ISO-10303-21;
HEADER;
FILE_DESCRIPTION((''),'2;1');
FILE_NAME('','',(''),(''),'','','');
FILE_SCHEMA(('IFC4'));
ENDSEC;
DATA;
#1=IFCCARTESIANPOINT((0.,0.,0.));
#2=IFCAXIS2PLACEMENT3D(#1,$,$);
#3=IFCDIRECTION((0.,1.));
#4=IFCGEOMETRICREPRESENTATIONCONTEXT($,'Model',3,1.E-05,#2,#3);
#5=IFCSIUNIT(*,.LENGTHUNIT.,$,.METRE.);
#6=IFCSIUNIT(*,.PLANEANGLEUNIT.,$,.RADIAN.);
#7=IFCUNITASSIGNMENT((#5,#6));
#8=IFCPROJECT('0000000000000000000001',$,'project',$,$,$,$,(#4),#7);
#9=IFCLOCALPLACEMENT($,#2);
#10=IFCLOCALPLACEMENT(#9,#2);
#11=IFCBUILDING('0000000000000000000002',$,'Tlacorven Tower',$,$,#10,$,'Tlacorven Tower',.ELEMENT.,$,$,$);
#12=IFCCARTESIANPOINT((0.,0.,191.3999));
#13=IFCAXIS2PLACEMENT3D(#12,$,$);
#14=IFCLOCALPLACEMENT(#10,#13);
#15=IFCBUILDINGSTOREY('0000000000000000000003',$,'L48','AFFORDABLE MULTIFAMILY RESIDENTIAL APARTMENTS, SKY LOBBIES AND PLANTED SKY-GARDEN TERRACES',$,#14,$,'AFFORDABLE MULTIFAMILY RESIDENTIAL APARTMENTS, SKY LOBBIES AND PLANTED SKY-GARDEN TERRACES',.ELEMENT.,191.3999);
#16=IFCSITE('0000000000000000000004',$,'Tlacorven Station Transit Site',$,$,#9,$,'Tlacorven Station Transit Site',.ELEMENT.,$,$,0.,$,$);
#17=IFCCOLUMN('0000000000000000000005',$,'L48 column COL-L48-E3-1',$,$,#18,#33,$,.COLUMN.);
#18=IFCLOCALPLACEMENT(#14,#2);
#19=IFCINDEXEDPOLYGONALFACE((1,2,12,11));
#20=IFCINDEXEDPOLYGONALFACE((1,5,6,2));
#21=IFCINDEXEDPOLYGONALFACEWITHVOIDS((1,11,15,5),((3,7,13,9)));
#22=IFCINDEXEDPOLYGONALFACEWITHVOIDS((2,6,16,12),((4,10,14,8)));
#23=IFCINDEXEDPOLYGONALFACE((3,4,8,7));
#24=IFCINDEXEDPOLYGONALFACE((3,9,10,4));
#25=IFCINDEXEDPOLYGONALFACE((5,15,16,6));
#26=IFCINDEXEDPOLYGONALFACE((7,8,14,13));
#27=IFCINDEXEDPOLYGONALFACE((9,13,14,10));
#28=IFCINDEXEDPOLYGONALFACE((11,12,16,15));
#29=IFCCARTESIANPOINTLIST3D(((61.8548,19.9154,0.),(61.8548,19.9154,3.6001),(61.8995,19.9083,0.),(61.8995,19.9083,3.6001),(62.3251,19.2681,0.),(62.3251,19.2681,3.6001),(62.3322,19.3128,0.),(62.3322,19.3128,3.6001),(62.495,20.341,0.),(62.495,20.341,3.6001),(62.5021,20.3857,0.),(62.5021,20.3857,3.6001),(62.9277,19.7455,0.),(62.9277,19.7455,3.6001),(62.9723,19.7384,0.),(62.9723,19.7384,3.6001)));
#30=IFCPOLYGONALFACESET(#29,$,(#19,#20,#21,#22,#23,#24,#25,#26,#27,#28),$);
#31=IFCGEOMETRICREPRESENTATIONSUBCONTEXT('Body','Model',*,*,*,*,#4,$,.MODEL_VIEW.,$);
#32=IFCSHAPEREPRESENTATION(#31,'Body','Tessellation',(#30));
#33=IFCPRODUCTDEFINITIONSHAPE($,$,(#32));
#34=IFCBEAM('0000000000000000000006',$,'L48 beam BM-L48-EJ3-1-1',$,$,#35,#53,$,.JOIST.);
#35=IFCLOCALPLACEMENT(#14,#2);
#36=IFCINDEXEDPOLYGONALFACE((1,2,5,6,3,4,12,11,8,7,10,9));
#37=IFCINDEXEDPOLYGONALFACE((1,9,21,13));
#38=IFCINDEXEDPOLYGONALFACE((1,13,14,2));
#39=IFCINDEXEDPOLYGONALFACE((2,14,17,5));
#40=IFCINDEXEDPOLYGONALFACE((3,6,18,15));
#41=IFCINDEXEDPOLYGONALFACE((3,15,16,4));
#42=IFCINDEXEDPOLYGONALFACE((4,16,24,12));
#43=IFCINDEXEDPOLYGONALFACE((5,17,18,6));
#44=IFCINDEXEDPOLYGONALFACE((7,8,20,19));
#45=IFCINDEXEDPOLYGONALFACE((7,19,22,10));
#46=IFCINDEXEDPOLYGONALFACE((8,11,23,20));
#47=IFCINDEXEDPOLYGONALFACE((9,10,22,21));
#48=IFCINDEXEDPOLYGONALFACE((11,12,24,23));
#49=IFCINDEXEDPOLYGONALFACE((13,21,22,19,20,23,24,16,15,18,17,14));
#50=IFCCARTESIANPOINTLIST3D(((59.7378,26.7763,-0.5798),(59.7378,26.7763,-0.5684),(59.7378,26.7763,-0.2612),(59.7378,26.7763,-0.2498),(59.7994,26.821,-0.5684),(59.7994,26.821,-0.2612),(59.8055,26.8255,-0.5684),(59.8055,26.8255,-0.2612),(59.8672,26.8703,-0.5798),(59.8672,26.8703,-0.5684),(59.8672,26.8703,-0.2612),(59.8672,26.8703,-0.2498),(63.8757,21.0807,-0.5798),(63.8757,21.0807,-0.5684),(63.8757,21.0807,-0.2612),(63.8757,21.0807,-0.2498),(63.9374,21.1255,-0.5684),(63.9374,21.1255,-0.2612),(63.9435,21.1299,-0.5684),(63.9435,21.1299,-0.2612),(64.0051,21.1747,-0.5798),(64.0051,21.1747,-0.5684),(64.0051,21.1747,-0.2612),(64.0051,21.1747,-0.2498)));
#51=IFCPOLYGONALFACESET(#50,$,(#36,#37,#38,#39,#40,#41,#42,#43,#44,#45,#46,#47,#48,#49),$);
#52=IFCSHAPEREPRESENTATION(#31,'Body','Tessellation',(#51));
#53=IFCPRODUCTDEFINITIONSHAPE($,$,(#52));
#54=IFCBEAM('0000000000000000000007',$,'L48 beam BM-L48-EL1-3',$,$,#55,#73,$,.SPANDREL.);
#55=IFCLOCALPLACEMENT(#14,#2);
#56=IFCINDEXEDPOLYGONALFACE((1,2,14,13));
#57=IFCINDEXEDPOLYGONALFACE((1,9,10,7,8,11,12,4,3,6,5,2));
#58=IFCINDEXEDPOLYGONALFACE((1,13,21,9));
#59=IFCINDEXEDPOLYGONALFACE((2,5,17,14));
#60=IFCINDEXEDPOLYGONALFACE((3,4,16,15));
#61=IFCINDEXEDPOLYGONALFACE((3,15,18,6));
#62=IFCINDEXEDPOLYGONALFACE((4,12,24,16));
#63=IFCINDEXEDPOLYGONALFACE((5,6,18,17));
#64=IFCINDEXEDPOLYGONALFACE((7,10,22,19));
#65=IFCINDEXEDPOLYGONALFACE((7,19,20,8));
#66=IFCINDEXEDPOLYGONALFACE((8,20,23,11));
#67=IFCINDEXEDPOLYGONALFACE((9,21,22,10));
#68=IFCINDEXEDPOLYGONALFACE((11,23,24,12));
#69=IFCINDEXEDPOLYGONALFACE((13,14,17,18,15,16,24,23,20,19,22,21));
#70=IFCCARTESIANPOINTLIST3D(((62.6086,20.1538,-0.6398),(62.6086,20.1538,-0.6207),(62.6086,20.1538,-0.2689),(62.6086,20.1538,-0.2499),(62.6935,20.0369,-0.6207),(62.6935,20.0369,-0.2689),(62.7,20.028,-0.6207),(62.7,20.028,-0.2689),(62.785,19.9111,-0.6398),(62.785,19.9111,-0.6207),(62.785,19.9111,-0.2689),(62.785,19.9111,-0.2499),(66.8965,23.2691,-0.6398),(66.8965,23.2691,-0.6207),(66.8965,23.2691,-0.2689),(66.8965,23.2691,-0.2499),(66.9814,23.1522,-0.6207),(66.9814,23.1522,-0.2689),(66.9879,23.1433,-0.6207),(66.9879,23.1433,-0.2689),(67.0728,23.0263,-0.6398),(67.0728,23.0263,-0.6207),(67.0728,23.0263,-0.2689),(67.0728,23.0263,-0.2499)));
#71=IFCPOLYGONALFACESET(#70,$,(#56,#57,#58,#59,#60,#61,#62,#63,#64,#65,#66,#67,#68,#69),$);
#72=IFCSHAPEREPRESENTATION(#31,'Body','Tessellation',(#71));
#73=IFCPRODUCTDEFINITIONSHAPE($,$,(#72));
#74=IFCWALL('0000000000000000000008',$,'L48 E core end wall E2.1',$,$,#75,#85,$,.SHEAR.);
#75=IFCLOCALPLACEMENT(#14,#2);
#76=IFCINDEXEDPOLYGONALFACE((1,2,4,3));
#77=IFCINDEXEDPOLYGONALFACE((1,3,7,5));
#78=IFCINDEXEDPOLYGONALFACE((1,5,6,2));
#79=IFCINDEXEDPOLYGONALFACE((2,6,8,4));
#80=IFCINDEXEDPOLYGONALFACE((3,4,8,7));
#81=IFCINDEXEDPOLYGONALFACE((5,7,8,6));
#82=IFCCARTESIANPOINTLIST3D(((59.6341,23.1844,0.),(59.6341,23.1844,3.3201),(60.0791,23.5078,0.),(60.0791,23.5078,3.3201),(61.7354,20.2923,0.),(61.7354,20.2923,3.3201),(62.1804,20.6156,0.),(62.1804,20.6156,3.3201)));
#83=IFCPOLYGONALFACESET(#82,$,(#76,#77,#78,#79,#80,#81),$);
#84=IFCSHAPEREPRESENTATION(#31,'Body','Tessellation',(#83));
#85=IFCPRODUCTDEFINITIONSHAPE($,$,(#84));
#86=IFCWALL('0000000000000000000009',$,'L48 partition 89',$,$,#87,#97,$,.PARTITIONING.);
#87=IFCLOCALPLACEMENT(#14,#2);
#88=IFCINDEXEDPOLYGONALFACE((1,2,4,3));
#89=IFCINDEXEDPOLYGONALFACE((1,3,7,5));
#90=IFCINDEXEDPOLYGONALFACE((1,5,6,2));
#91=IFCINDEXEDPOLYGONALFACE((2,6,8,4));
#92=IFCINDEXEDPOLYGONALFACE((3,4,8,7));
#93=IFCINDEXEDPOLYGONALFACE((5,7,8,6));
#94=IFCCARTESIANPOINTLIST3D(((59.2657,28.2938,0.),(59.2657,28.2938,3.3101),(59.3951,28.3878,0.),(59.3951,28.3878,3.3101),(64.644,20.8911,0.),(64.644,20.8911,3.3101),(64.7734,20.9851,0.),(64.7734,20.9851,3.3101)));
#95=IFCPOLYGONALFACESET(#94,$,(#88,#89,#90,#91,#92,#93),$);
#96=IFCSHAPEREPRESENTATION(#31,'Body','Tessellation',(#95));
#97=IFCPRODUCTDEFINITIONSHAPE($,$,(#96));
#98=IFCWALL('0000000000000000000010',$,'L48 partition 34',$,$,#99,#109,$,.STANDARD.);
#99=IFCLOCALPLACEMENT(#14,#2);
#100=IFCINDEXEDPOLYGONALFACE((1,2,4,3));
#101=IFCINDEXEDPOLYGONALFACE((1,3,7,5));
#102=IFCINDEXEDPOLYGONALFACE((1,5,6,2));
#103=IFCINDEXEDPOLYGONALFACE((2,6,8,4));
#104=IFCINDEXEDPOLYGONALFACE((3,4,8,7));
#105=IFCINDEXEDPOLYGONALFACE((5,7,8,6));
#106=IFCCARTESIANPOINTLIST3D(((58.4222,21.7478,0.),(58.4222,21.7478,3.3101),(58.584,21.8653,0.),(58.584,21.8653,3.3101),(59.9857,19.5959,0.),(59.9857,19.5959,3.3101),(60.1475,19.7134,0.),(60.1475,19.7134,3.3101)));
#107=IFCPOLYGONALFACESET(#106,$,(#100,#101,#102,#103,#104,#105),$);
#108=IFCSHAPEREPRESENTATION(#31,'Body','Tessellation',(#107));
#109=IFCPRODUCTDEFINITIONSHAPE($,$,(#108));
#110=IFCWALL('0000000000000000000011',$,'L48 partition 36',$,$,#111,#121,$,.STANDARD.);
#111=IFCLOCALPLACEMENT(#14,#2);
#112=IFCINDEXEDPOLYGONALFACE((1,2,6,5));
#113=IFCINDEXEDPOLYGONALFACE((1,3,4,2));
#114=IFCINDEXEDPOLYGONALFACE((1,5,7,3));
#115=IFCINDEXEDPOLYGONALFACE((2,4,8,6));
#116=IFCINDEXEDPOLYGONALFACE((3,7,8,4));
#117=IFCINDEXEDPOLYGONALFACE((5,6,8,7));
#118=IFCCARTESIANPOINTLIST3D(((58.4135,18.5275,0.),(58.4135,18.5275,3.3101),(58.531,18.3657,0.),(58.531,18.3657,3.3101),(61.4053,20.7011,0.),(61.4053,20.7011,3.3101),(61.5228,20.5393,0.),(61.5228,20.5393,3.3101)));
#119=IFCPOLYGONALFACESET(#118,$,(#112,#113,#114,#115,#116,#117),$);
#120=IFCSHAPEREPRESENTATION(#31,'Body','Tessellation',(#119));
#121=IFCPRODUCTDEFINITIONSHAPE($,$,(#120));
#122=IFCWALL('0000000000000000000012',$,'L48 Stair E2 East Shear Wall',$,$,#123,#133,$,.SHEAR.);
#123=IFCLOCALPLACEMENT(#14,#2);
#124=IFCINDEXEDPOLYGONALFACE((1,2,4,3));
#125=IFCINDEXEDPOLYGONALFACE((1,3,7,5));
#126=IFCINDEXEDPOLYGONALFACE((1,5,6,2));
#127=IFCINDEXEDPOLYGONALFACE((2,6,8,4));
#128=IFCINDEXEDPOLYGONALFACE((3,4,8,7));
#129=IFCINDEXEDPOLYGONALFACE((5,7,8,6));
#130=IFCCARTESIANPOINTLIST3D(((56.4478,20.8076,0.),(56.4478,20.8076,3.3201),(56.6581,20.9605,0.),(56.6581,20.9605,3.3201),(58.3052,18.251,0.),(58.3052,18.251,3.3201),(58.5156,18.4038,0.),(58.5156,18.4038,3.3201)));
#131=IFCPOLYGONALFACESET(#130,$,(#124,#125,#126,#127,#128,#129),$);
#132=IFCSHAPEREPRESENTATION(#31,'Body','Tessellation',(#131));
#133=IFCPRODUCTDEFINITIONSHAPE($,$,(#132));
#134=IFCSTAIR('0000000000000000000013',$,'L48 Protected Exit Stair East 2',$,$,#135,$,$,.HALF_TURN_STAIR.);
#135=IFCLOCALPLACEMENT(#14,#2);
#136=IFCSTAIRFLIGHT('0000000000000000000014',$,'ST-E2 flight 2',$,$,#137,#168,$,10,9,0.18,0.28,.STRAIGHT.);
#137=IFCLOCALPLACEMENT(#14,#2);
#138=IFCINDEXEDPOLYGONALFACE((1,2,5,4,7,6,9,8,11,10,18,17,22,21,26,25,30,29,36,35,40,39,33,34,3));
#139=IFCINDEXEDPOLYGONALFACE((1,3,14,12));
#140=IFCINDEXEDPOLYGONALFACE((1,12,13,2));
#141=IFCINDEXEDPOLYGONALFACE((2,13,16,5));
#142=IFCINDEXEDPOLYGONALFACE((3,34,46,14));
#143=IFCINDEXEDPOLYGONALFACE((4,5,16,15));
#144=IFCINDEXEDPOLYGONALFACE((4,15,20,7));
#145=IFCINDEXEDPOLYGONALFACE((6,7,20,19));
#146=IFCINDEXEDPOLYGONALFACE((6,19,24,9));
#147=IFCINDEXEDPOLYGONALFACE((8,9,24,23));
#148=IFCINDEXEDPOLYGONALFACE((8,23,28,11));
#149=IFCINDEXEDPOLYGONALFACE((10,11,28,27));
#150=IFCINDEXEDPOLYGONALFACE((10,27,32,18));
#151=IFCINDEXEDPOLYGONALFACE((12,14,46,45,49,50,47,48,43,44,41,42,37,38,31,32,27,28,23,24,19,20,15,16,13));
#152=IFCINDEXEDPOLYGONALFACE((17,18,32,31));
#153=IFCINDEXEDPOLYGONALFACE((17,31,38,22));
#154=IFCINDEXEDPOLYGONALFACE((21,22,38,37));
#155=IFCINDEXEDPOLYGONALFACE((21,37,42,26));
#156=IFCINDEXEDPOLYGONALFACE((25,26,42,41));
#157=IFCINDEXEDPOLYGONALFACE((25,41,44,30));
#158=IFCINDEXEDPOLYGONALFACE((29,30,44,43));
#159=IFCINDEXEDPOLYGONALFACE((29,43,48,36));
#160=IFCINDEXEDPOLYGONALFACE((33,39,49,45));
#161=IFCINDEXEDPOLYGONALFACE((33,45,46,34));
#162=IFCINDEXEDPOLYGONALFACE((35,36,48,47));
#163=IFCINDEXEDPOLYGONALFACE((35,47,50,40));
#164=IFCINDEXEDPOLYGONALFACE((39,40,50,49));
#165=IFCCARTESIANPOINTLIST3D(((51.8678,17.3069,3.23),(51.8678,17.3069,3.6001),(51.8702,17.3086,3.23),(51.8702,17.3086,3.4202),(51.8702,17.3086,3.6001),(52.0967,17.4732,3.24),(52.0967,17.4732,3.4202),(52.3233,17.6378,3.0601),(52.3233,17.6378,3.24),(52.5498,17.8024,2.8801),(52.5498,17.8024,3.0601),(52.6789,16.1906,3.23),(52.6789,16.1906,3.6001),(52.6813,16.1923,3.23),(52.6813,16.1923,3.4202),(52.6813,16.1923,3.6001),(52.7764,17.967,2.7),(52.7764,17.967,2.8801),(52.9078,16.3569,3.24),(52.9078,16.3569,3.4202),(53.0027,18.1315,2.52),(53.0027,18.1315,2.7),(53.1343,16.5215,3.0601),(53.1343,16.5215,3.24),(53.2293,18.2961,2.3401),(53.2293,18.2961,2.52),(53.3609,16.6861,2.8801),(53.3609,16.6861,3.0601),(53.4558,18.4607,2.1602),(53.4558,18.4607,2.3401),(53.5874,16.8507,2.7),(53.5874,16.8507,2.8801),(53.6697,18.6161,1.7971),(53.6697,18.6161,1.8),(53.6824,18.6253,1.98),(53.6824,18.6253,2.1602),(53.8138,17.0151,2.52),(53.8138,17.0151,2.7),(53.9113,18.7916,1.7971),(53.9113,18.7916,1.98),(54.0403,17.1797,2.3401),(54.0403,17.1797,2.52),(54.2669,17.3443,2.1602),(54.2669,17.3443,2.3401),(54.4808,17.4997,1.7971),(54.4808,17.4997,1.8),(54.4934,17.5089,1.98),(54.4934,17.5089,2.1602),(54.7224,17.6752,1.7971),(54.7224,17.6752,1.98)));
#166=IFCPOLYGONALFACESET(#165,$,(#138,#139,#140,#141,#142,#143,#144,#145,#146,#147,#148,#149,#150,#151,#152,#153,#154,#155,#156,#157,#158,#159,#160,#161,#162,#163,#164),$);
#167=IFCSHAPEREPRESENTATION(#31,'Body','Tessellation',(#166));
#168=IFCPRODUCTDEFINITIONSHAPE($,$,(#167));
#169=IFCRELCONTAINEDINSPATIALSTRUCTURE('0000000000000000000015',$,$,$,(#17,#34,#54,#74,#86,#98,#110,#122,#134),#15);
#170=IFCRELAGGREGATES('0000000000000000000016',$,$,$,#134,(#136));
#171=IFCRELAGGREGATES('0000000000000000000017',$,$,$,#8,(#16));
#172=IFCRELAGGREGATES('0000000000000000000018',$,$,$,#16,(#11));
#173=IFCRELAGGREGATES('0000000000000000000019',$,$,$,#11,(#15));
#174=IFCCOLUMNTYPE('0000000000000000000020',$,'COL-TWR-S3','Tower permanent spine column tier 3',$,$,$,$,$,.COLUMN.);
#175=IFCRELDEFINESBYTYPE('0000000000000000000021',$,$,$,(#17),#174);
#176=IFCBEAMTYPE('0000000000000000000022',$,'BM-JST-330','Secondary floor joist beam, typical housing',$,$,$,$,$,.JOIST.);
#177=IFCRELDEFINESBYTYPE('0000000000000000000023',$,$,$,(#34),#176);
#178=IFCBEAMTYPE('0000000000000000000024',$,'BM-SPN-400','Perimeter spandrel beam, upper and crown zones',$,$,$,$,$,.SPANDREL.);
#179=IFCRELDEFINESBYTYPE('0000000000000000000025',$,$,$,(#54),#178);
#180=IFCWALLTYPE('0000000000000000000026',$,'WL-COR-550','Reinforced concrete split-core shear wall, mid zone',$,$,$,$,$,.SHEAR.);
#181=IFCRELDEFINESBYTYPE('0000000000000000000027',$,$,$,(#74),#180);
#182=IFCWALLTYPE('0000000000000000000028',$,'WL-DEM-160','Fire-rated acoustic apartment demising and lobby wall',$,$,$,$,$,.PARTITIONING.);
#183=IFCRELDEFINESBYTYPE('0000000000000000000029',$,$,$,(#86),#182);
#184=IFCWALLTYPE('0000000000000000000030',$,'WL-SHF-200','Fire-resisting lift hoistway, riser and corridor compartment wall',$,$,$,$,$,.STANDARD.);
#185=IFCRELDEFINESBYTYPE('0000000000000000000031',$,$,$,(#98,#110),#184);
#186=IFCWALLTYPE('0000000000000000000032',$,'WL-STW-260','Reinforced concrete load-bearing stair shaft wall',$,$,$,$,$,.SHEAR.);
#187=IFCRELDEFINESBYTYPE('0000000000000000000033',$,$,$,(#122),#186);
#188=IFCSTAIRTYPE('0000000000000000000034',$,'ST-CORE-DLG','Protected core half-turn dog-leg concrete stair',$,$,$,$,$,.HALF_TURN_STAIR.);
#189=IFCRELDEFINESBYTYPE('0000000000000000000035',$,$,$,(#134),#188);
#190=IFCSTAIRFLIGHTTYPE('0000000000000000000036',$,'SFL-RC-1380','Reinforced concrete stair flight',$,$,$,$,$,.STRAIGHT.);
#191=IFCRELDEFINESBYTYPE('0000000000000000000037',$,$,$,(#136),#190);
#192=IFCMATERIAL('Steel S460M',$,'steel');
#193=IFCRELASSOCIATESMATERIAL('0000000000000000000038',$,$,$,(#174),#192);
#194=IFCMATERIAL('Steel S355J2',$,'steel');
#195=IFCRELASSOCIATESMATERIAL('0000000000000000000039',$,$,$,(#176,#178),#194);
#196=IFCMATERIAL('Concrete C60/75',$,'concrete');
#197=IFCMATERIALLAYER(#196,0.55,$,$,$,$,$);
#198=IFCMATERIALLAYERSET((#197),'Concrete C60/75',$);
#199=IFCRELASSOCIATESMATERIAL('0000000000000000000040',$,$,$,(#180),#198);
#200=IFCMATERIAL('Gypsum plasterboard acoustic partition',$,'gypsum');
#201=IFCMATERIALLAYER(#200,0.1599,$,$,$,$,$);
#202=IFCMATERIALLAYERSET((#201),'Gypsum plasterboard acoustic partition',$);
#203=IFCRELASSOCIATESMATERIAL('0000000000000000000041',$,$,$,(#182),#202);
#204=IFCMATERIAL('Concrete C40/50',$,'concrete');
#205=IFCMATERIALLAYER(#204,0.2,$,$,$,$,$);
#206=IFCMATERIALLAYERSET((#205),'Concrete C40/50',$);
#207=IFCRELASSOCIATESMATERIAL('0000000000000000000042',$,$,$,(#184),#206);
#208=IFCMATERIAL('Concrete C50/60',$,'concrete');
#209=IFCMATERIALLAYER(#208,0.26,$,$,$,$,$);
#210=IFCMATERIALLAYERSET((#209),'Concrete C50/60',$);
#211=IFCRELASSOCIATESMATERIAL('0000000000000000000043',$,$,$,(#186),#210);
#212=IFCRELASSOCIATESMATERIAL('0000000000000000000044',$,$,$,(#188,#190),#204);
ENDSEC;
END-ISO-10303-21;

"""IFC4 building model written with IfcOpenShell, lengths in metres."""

from ifc_helpers import new_model, si_unit, direction, frame, frame_2d, origin, origin_2d, place, context, subcontext, project, spatial, polyline, rectangle, hollow_rectangle, i_section, outline, extrude, source, transform, mapped, material, layer, layer_set, material_profile, profile_set, type_object, element, aggregate, save


model = new_model("IFC4")

# Units and contexts
model_context = context("Model", 3, precision=1e-05, world=origin(), true_north=direction((0.0, 1.0)))
body_context = subcontext(model_context, "Body", "Model", "MODEL_VIEW")
ifc_project = project(units=[si_unit("LENGTHUNIT", "METRE"), si_unit("PLANEANGLEUNIT", "RADIAN")], contexts=[model_context])

# Site, building, storey
site_placement = place(None, origin())
site = spatial("IfcSite", under=ifc_project, at=site_placement, Name="Tlacorven Station Transit Site", LongName="Tlacorven Station Transit Site", CompositionType="ELEMENT", RefElevation=0.0)
building_placement = place(site_placement, origin())
building = spatial("IfcBuilding", under=site, at=building_placement, Name="Tlacorven Tower", LongName="Tlacorven Tower", CompositionType="ELEMENT")
storey_placement = place(building_placement, frame((0.0, 0.0, 191.3999)))
storey = spatial("IfcBuildingStorey", under=building, at=storey_placement, Name="L48", Description="AFFORDABLE MULTIFAMILY RESIDENTIAL APARTMENTS, SKY LOBBIES AND PLANTED SKY-GARDEN TERRACES", LongName="AFFORDABLE MULTIFAMILY RESIDENTIAL APARTMENTS, SKY LOBBIES AND PLANTED SKY-GARDEN TERRACES", CompositionType="ELEMENT", Elevation=191.3999)

# Column
ifc_material_1 = material(Name="Steel S460M", Category="steel")
ifc_material_profile_1 = material_profile(ifc_material_1, hollow_rectangle(XDim=0.8, YDim=0.8, WallThickness=0.032, at=origin_2d()), Name="BOX 800X800X32")
ifc_profile_set_1 = profile_set([ifc_material_profile_1], Name="Steel S460M")
column_type = type_object("IfcColumnType", Name="COL-TWR-S3", Description="Tower permanent spine column tier 3", PredefinedType="COLUMN", material=ifc_profile_set_1)
shared_shape_1 = source(origin(), body_context, "Body", "SweptSolid", [
    extrude(hollow_rectangle(XDim=0.8, YDim=0.8, WallThickness=0.032, at=origin_2d()), origin(), (0.0, 0.0, 1.0), 3.6001),
])
column_placement = place(storey_placement, frame((62.4136, 19.8269, 0.0), z_axis=(0.0, 0.0, 1.0), x_axis=(0.809017, 0.587785, 0.0)))
element("IfcColumn", 1, at=column_placement, inside=storey, type_object=column_type, Name="L48 column COL-L48-E3-1", PredefinedType="COLUMN", context=body_context, shape_type="MappedRepresentation", body=[
    mapped(shared_shape_1, transform((0.0, 0.0, 0.0), scale=1.0)),
])

# Beams
ifc_material_2 = material(Name="Steel S355J2", Category="steel")
ifc_material_profile_2 = material_profile(ifc_material_2, i_section(OverallWidth=0.1599, OverallDepth=0.3301, WebThickness=0.0076, FlangeThickness=0.0115, at=origin_2d()), Name="IPE 330")
ifc_profile_set_2 = profile_set([ifc_material_profile_2], Name="Steel S355J2")
beam_type_1 = type_object("IfcBeamType", Name="BM-JST-330", Description="Secondary floor joist beam, typical housing", PredefinedType="JOIST", material=ifc_profile_set_2)
shared_shape_2 = source(origin(), body_context, "Body", "SweptSolid", [
    extrude(i_section(OverallWidth=0.1599, OverallDepth=0.3301, WebThickness=0.0076, FlangeThickness=0.0115, at=origin_2d()), origin(), (0.0, 0.0, 1.0), 7.04),
])
beam_1_placement = place(storey_placement, frame((63.9404, 21.1277, -0.4148), z_axis=(-0.587774, 0.809025, 0.0), x_axis=(-0.809025, -0.587774, 0.0)))
element("IfcBeam", 2, at=beam_1_placement, inside=storey, type_object=beam_type_1, Name="L48 beam BM-L48-EJ3-1-1", PredefinedType="JOIST", context=body_context, shape_type="MappedRepresentation", body=[
    mapped(shared_shape_2, transform((0.0, 0.0, 0.0), scale=1.0)),
])
ifc_material_profile_3 = material_profile(ifc_material_2, i_section(OverallWidth=0.3, OverallDepth=0.3899, WebThickness=0.011, FlangeThickness=0.019, at=origin_2d()), Name="HEA 400")
ifc_profile_set_3 = profile_set([ifc_material_profile_3], Name="Steel S355J2")
beam_type_2 = type_object("IfcBeamType", Name="BM-SPN-400", Description="Perimeter spandrel beam, upper and crown zones", PredefinedType="SPANDREL", material=ifc_profile_set_3)
shared_shape_3 = source(origin(), body_context, "Body", "SweptSolid", [
    extrude(i_section(OverallWidth=0.3, OverallDepth=0.3899, WebThickness=0.011, FlangeThickness=0.019, at=origin_2d()), origin(), (0.0, 0.0, 1.0), 5.3),
])
beam_2_placement = place(storey_placement, frame((62.6968, 20.0325, -0.4448), z_axis=(0.809023, 0.587777, 0.0), x_axis=(-0.587777, 0.809023, 0.0)))
element("IfcBeam", 3, at=beam_2_placement, inside=storey, type_object=beam_type_2, Name="L48 beam BM-L48-EL1-3", PredefinedType="SPANDREL", context=body_context, shape_type="MappedRepresentation", body=[
    mapped(shared_shape_3, transform((0.0, 0.0, 0.0), scale=1.0)),
])

# Walls
ifc_material_3 = material(Name="Concrete C60/75", Category="concrete")
ifc_layer_1 = layer(ifc_material_3, 0.55)
ifc_layer_set_1 = layer_set([ifc_layer_1], Name="Concrete C60/75")
wall_type_1 = type_object("IfcWallType", Name="WL-COR-550", Description="Reinforced concrete split-core shear wall, mid zone", PredefinedType="SHEAR", material=ifc_layer_set_1)
wall_1_placement = place(storey_placement, frame((61.958, 20.4539, 0.0), z_axis=(0.0, 0.0, 1.0), x_axis=(-0.587802, 0.809005, 0.0)))
element("IfcWall", 4, at=wall_1_placement, inside=storey, type_object=wall_type_1, Name="L48 E core end wall E2.1", PredefinedType="SHEAR", context=body_context, shape_type="SweptSolid", body=[
    extrude(rectangle(XDim=3.575, YDim=0.55, at=frame_2d((1.7876, 0.0))), origin(), (0.0, 0.0, 1.0), 3.3201),
])
ifc_material_4 = material(Name="Gypsum plasterboard acoustic partition", Category="gypsum")
ifc_layer_2 = layer(ifc_material_4, 0.1599)
ifc_layer_set_2 = layer_set([ifc_layer_2], Name="Gypsum plasterboard acoustic partition")
wall_type_2 = type_object("IfcWallType", Name="WL-DEM-160", Description="Fire-rated acoustic apartment demising and lobby wall", PredefinedType="PARTITIONING", material=ifc_layer_set_2)
wall_2_placement = place(storey_placement, frame((64.7087, 20.938, 0.0), z_axis=(0.0, 0.0, 1.0), x_axis=(-0.587777, 0.809023, 0.0)))
element("IfcWall", 5, at=wall_2_placement, inside=storey, type_object=wall_type_2, Name="L48 partition 89", PredefinedType="PARTITIONING", context=body_context, shape_type="SweptSolid", body=[
    extrude(rectangle(XDim=9.1501, YDim=0.1599, at=frame_2d((4.5752, 0.0))), origin(), (0.0, 0.0, 1.0), 3.3101),
])

# Shared definitions
ifc_material_5 = material(Name="Concrete C40/50", Category="concrete")
ifc_layer_3 = layer(ifc_material_5, 0.2)
ifc_layer_set_3 = layer_set([ifc_layer_3], Name="Concrete C40/50")
wall_type_3 = type_object("IfcWallType", Name="WL-SHF-200", Description="Fire-resisting lift hoistway, riser and corridor compartment wall", PredefinedType="STANDARD", material=ifc_layer_set_3)

# Walls
wall_3_placement = place(storey_placement, frame((60.0667, 19.6545, 0.0), z_axis=(0.0, 0.0, 1.0), x_axis=(-0.587801, 0.809006, 0.0)))
element("IfcWall", 6, at=wall_3_placement, inside=storey, type_object=wall_type_3, Name="L48 partition 34", PredefinedType="STANDARD", context=body_context, shape_type="SweptSolid", body=[
    extrude(rectangle(XDim=2.6599, YDim=0.2, at=frame_2d((1.3301, 0.0))), origin(), (0.0, 0.0, 1.0), 3.3101),
])
wall_4_placement = place(storey_placement, frame((58.4722, 18.4465, 0.0), z_axis=(0.0, 0.0, 1.0), x_axis=(0.809019, 0.587783, 0.0)))
element("IfcWall", 7, at=wall_4_placement, inside=storey, type_object=wall_type_3, Name="L48 partition 36", PredefinedType="STANDARD", context=body_context, shape_type="SweptSolid", body=[
    extrude(rectangle(XDim=3.698, YDim=0.2, at=frame_2d((1.8491, 0.0))), origin(), (0.0, 0.0, 1.0), 3.3101),
])
ifc_material_6 = material(Name="Concrete C50/60", Category="concrete")
ifc_layer_4 = layer(ifc_material_6, 0.26)
ifc_layer_set_4 = layer_set([ifc_layer_4], Name="Concrete C50/60")
wall_type_4 = type_object("IfcWallType", Name="WL-STW-260", Description="Reinforced concrete load-bearing stair shaft wall", PredefinedType="SHEAR", material=ifc_layer_set_4)
wall_5_placement = place(storey_placement, frame((58.4104, 18.3274, 0.0), z_axis=(0.0, 0.0, 1.0), x_axis=(-0.587767, 0.80903, 0.0)))
element("IfcWall", 8, at=wall_5_placement, inside=storey, type_object=wall_type_4, Name="L48 Stair E2 East Shear Wall", PredefinedType="SHEAR", context=body_context, shape_type="SweptSolid", body=[
    extrude(rectangle(XDim=3.1602, YDim=0.26, at=frame_2d((1.5801, 0.0))), origin(), (0.0, 0.0, 1.0), 3.3201),
])

# Stair, stair flight
stair_type = type_object("IfcStairType", Name="ST-CORE-DLG", Description="Protected core half-turn dog-leg concrete stair", PredefinedType="HALF_TURN_STAIR", material=ifc_material_5)
stair_placement = place(storey_placement, origin())
stair = element("IfcStair", 9, at=stair_placement, inside=storey, type_object=stair_type, Name="L48 Protected Exit Stair East 2", PredefinedType="HALF_TURN_STAIR")
stair_flight_type = type_object("IfcStairFlightType", Name="SFL-RC-1380", Description="Reinforced concrete stair flight", PredefinedType="STRAIGHT", material=ifc_material_5)
shared_shape_4 = source(origin(), body_context, "Body", "SweptSolid", [
    extrude(outline(polyline([(-0.0029, -0.0029), (-0.0029, 0.1799), (0.28, 0.1799), (0.28, 0.3601), (0.5601, 0.3601), (0.5601, 0.54), (0.8401, 0.54), (0.8401, 0.72), (1.1201, 0.72), (1.1201, 0.8999), (1.3999, 0.8999), (1.3999, 1.0801), (1.6799, 1.0801), (1.6799, 1.26), (1.96, 1.26), (1.96, 1.4399), (2.24, 1.4399), (2.24, 1.6201), (2.52, 1.6201), (2.52, 1.8), (2.5229, 1.8), (2.5229, 1.4299), (2.52, 1.4299), (0.2957, 0.0), (0.2957, -0.0029), (-0.0029, -0.0029)])), frame((0.0, 0.6899, 0.0), z_axis=(0.0, -1.0, 0.0), x_axis=(1.0, 0.0, 0.0)), (0.0, 0.0, 1.0), 1.3799),
])
stair_flight_placement = place(storey_placement, frame((54.3145, 18.2317, 1.8), z_axis=(0.0, 0.0, 1.0), x_axis=(-0.809017, -0.587785, 0.0)))
stair_flight = element("IfcStairFlight", 10, at=stair_flight_placement, type_object=stair_flight_type, Name="ST-E2 flight 2", NumberOfRisers=10, NumberOfTreads=9, PredefinedType="STRAIGHT", RiserHeight=0.18, TreadLength=0.28, context=body_context, shape_type="MappedRepresentation", body=[
    mapped(shared_shape_4, transform((0.0, 0.0, 0.0), scale=1.0)),
])
aggregate(stair, [stair_flight])

save(model, "model.ifc")
